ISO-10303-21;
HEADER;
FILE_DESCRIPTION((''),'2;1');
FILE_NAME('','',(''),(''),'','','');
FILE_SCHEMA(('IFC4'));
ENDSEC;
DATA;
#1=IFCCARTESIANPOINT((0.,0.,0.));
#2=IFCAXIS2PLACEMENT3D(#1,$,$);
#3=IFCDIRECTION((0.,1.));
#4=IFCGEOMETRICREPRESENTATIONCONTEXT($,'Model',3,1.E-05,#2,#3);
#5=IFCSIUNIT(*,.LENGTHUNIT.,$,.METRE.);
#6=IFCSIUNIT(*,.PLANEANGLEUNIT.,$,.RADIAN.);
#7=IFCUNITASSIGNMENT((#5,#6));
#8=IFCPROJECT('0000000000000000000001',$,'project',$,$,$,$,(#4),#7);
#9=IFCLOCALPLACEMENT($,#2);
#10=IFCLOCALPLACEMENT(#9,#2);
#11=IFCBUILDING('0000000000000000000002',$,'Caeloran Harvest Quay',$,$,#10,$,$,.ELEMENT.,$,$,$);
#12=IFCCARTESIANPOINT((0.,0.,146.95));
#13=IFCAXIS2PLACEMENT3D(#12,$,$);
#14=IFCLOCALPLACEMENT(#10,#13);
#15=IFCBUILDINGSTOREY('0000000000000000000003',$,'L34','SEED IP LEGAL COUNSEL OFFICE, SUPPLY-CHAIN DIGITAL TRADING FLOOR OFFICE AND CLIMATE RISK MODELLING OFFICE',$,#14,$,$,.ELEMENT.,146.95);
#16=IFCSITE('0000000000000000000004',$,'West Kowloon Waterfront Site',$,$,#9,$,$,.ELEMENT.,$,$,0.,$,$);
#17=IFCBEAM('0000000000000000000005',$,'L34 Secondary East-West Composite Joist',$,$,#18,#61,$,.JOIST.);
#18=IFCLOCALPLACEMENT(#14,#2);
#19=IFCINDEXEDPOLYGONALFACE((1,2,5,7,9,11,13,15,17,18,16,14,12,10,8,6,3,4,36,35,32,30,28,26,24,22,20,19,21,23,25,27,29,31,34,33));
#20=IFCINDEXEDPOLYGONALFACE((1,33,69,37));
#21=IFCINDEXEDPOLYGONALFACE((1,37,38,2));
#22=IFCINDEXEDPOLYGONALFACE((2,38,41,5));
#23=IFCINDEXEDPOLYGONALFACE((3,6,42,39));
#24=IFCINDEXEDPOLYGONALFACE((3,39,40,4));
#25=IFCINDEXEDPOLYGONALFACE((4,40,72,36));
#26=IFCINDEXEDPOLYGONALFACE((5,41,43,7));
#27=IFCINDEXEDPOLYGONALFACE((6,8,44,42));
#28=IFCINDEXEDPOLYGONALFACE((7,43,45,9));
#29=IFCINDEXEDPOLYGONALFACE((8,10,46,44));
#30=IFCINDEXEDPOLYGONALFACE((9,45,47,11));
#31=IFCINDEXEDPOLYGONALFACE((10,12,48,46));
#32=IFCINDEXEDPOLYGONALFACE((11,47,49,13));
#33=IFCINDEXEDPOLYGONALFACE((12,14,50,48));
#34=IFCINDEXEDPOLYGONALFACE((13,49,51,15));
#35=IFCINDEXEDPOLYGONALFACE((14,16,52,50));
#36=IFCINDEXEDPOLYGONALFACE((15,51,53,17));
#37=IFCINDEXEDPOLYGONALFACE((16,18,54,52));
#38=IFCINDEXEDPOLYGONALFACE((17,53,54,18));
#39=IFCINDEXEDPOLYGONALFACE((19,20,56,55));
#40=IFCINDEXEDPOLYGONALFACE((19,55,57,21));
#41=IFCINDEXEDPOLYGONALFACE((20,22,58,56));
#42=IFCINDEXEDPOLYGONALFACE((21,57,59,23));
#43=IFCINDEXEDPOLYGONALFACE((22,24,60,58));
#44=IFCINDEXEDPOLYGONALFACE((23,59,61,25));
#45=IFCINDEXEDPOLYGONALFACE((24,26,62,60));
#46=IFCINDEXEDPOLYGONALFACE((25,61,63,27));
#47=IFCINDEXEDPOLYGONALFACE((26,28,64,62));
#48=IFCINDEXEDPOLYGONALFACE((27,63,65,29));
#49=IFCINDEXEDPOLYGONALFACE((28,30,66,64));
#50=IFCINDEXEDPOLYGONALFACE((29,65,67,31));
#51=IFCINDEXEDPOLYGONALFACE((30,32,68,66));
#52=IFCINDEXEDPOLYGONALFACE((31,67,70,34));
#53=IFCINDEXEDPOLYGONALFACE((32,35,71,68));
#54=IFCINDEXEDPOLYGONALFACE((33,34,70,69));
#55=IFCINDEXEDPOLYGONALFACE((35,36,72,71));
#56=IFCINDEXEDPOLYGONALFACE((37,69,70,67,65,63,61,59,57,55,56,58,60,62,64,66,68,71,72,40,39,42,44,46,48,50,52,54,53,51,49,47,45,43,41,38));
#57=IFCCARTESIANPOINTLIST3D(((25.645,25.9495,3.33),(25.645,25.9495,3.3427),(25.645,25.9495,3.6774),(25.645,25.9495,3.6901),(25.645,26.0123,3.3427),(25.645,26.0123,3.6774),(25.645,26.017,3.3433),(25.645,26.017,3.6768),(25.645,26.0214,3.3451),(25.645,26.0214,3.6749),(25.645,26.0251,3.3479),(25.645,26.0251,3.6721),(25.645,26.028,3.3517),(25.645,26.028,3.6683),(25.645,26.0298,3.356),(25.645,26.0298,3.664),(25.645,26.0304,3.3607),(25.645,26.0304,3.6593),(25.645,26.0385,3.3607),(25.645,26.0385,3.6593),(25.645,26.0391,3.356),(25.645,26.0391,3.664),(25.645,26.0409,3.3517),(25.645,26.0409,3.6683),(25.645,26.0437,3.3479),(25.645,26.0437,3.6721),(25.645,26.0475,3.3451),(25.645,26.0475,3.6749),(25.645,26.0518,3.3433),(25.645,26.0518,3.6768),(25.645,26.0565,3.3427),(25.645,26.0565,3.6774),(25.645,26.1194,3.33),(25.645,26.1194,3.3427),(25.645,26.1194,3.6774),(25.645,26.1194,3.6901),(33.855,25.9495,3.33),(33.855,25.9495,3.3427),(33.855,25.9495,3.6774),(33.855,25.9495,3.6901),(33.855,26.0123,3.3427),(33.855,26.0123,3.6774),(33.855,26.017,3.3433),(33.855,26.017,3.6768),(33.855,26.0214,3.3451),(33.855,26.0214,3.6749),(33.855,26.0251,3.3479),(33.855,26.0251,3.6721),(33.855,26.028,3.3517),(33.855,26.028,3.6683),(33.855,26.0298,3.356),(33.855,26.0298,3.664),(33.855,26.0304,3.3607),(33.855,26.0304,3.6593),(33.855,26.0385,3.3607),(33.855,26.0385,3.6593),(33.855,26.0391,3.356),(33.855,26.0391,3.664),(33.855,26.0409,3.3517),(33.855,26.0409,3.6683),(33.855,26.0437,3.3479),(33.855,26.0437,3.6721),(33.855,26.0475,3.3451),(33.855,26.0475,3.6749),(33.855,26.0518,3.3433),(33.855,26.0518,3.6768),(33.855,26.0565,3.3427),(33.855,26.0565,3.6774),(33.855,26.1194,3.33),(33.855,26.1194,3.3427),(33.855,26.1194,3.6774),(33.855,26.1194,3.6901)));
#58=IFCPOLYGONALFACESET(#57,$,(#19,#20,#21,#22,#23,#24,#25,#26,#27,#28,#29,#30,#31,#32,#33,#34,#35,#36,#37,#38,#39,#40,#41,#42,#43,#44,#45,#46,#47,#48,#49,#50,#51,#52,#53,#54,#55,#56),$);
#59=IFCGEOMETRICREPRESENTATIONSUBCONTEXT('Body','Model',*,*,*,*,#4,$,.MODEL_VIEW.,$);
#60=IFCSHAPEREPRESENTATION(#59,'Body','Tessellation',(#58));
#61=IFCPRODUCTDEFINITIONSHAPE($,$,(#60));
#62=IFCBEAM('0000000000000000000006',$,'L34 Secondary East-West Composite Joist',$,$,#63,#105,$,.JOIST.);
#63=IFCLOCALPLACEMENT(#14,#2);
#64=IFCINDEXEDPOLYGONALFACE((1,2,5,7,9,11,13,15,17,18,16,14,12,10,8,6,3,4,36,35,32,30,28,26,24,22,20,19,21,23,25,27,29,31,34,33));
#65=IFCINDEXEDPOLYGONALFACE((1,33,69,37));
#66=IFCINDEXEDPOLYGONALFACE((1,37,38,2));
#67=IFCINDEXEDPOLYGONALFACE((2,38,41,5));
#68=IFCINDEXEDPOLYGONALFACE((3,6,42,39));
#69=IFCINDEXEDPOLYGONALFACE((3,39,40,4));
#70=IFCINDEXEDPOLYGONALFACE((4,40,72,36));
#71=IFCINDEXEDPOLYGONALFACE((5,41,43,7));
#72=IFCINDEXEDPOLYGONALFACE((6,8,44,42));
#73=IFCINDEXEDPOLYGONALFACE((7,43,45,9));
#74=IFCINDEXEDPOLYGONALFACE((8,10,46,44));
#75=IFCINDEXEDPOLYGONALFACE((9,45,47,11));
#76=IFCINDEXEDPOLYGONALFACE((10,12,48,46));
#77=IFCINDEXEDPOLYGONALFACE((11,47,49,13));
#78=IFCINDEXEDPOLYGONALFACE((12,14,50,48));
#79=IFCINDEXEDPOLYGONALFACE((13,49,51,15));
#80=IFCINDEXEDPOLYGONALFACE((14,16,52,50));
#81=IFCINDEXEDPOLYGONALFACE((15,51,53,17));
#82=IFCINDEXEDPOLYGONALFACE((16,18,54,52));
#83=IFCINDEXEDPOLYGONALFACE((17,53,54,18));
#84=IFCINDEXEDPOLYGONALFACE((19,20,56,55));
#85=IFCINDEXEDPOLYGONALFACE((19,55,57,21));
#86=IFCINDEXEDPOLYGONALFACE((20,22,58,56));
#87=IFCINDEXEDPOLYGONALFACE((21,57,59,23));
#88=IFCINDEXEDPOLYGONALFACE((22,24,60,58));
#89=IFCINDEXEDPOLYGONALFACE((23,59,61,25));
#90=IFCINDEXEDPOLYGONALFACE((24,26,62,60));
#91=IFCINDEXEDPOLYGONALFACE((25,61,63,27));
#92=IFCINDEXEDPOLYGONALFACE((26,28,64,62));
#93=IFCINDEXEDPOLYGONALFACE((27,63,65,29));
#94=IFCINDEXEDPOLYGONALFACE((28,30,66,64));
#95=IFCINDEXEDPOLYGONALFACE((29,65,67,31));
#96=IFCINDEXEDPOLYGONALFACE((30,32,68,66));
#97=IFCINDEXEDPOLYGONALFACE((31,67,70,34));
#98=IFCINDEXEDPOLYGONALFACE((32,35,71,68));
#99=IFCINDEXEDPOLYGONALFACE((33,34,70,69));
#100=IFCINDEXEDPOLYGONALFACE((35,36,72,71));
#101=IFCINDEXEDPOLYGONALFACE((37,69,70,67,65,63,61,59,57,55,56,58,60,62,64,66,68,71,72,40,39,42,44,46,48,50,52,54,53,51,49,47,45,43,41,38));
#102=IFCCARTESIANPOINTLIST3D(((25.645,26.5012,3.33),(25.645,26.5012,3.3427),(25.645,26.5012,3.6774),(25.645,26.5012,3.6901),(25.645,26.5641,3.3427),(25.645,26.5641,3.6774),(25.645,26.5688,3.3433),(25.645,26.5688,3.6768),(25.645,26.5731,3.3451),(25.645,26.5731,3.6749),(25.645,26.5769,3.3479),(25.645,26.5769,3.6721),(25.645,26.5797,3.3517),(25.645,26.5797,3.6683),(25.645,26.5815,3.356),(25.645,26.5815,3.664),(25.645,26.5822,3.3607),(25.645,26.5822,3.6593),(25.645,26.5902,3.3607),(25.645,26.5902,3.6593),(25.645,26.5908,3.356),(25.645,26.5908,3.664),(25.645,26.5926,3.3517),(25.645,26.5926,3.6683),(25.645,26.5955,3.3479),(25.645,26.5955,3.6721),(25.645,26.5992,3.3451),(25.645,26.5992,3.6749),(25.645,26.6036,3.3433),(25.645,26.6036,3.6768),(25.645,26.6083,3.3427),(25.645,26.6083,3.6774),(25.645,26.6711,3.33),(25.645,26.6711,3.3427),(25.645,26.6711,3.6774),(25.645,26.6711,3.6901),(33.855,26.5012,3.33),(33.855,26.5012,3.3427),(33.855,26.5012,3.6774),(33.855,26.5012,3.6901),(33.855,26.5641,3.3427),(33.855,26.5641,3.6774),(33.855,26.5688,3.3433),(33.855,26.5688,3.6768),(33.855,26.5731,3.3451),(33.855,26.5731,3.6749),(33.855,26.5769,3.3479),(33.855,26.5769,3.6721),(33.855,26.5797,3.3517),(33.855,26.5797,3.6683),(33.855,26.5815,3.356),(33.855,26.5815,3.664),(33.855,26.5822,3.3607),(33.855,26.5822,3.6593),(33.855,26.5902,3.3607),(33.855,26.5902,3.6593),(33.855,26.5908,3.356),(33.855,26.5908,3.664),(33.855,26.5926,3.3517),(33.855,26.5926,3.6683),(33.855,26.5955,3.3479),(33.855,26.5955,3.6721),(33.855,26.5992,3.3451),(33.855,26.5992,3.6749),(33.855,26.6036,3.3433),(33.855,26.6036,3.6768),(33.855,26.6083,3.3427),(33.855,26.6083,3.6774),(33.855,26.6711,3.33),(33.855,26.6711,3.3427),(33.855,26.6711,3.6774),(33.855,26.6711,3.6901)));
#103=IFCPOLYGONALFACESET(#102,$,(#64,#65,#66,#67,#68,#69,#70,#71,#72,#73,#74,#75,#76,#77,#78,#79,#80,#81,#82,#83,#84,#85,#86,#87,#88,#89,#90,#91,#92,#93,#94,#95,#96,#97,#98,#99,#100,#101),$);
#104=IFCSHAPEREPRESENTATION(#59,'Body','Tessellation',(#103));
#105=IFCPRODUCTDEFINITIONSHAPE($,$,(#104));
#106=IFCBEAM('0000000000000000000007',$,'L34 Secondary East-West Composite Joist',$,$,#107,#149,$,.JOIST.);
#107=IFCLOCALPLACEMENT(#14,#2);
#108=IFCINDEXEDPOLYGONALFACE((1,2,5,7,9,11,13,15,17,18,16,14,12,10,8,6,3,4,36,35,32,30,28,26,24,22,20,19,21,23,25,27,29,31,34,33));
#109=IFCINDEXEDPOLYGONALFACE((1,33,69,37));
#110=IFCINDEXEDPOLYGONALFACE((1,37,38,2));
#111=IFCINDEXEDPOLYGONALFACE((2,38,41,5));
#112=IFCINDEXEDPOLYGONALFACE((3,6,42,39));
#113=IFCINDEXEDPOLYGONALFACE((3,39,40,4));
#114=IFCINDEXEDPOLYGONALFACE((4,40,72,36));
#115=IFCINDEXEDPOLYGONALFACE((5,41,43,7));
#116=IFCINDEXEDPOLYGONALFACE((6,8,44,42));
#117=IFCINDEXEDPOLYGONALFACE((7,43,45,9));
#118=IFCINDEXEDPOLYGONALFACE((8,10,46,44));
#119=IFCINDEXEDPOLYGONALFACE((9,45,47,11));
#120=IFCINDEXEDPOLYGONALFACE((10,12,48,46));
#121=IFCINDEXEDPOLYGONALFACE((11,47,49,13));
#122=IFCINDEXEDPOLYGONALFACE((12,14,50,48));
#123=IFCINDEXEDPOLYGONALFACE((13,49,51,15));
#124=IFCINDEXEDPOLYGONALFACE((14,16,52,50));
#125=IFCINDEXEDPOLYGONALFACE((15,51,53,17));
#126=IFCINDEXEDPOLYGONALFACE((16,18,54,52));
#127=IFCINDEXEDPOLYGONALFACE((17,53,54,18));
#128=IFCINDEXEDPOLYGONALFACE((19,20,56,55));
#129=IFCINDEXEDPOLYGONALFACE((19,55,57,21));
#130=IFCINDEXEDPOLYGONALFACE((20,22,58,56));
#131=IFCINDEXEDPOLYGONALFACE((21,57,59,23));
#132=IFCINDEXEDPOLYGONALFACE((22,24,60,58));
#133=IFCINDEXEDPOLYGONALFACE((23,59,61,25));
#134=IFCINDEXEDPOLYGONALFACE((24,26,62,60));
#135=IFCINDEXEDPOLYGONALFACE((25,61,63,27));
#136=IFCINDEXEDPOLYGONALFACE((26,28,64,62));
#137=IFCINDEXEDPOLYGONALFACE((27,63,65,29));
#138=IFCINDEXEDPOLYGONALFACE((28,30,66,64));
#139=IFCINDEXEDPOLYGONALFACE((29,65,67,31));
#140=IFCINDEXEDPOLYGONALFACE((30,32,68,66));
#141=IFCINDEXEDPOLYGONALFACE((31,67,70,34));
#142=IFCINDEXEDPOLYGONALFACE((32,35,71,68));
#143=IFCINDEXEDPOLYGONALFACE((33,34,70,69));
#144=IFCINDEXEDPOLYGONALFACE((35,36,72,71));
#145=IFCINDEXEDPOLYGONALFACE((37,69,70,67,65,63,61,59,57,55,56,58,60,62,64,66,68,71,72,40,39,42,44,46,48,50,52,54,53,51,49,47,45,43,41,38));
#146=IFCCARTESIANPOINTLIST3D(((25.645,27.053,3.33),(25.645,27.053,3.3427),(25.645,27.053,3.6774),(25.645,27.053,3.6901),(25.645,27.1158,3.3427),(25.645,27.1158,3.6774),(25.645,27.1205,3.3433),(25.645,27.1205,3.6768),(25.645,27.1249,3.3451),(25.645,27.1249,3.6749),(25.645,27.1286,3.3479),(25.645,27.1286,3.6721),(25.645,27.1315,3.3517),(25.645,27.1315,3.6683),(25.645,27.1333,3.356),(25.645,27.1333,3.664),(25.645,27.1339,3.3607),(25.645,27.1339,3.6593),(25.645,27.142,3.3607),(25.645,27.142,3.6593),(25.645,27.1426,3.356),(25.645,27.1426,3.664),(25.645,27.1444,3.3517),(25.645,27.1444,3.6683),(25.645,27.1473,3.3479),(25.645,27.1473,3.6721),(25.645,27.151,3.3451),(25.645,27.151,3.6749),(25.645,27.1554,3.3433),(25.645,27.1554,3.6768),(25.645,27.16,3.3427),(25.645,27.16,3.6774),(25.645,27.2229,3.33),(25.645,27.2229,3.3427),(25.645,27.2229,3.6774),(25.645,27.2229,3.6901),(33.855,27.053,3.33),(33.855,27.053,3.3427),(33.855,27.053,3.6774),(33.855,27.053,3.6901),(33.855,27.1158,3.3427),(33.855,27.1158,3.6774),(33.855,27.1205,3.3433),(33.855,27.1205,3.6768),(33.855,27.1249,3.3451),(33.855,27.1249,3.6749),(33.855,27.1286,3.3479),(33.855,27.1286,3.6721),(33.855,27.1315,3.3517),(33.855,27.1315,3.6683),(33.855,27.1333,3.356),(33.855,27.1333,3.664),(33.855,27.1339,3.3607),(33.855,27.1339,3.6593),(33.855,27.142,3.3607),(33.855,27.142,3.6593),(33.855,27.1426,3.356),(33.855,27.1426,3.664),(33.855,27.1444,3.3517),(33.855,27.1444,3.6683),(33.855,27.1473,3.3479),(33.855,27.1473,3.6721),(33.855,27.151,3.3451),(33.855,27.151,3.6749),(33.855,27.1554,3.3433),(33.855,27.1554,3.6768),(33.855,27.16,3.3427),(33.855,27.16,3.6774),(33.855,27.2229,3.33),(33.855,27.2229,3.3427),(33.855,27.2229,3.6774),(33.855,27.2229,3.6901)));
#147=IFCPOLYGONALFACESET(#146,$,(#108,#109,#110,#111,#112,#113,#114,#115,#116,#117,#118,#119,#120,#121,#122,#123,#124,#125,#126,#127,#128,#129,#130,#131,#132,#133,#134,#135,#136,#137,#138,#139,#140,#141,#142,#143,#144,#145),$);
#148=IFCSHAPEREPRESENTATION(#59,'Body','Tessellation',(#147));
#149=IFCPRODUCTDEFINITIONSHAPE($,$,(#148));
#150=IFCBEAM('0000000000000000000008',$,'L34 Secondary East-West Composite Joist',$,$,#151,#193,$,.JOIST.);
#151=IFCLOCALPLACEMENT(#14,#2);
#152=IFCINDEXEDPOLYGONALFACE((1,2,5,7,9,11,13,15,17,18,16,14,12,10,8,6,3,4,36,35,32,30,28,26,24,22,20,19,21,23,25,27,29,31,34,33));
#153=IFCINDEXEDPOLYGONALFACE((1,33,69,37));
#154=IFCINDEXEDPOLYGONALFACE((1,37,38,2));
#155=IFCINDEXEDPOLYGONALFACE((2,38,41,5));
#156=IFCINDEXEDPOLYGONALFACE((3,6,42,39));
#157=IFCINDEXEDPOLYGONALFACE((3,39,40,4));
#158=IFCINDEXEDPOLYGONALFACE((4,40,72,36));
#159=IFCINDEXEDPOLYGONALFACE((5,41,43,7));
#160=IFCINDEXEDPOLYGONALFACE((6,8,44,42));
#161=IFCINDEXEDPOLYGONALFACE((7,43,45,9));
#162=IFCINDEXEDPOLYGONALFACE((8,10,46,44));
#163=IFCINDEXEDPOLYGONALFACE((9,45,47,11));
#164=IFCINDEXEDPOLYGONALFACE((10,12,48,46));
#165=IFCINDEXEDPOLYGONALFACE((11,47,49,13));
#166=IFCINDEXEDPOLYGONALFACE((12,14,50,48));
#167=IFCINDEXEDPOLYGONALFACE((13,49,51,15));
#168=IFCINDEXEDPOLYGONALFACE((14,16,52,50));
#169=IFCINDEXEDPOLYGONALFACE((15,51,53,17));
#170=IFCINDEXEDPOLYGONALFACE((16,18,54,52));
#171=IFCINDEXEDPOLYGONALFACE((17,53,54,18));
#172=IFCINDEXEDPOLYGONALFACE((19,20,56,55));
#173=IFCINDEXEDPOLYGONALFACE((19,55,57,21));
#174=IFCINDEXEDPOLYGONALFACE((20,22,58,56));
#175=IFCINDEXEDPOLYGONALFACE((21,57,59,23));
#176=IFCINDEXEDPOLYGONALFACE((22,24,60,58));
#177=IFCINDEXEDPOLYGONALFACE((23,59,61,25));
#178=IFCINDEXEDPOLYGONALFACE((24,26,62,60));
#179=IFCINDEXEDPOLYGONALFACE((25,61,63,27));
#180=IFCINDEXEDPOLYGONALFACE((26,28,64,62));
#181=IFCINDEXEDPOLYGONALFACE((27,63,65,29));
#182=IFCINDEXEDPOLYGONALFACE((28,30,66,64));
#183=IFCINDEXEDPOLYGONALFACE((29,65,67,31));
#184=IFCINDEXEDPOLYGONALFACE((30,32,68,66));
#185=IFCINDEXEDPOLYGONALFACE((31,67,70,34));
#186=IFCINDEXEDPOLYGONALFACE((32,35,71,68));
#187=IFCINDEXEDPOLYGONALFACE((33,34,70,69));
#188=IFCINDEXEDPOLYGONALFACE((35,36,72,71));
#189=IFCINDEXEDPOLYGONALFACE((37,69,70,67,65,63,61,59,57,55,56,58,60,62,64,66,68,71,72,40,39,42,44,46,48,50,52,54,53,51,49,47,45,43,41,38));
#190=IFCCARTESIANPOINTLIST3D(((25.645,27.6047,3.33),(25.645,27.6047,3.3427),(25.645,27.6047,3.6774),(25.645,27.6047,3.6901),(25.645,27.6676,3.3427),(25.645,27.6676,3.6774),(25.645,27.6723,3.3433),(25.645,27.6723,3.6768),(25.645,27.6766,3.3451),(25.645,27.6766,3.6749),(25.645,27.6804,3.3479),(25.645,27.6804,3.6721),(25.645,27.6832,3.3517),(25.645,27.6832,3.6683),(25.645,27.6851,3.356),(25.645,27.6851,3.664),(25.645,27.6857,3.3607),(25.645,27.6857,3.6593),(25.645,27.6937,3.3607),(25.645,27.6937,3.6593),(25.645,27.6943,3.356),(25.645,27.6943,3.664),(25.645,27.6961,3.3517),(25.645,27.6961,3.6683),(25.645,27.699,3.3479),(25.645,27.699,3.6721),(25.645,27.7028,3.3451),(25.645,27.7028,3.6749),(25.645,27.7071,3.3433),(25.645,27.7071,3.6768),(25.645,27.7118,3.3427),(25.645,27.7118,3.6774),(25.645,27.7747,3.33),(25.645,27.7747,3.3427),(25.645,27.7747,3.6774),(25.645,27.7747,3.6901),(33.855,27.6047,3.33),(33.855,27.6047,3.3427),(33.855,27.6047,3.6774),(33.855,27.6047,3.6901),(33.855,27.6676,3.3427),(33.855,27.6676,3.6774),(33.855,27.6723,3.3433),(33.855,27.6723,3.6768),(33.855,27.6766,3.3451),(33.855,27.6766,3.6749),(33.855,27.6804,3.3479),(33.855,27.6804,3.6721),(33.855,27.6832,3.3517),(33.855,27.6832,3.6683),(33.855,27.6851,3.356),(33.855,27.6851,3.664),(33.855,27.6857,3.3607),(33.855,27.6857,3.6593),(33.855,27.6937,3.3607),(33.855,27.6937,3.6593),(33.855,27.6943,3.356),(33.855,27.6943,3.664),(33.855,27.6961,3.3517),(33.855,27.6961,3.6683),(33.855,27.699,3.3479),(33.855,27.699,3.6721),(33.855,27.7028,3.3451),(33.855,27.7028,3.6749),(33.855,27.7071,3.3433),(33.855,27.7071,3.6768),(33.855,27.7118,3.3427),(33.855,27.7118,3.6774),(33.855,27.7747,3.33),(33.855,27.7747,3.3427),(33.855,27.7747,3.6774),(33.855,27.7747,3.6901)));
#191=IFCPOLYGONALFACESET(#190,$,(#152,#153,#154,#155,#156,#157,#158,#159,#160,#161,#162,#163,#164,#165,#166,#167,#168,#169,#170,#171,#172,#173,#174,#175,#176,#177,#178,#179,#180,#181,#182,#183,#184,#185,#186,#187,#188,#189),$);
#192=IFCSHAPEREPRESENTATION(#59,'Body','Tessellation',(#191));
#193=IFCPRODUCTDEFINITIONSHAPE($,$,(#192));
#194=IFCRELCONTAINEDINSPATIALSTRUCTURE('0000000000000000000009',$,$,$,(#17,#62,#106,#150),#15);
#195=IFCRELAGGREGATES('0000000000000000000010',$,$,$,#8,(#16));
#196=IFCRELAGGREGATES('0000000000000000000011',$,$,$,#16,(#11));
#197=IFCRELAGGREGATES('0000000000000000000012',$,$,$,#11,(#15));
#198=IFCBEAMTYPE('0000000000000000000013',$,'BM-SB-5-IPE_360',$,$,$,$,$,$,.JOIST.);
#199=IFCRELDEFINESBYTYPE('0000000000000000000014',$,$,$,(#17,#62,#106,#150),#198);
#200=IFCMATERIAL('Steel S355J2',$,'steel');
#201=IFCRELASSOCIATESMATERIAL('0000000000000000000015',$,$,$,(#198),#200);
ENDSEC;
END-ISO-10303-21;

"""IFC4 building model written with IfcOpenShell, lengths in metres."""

from ifc_helpers import new_model, si_unit, direction, frame, origin, origin_2d, place, context, subcontext, project, spatial, i_section, extrude, material, material_profile, profile_set, type_object, element, save


model = new_model("IFC4")

# Units and contexts
model_context = context("Model", 3, precision=1e-05, world=origin(), true_north=direction((0.0, 1.0)))
body_context = subcontext(model_context, "Body", "Model", "MODEL_VIEW")
ifc_project = project(units=[si_unit("LENGTHUNIT", "METRE"), si_unit("PLANEANGLEUNIT", "RADIAN")], contexts=[model_context])

# Site, building, storey
site_placement = place(None, origin())
site = spatial("IfcSite", under=ifc_project, at=site_placement, Name="West Kowloon Waterfront Site", CompositionType="ELEMENT", RefElevation=0.0)
building_placement = place(site_placement, origin())
building = spatial("IfcBuilding", under=site, at=building_placement, Name="Caeloran Harvest Quay", CompositionType="ELEMENT")
storey_placement = place(building_placement, frame((0.0, 0.0, 146.95)))
storey = spatial("IfcBuildingStorey", under=building, at=storey_placement, Name="L34", Description="SEED IP LEGAL COUNSEL OFFICE, SUPPLY-CHAIN DIGITAL TRADING FLOOR OFFICE AND CLIMATE RISK MODELLING OFFICE", CompositionType="ELEMENT", Elevation=146.95)

# Beams
ifc_material_1 = material(Name="Steel S355J2", Category="steel")
ifc_material_profile_1 = material_profile(ifc_material_1, i_section(OverallWidth=0.1699, OverallDepth=0.3601, WebThickness=0.0081, FlangeThickness=0.0127, FilletRadius=0.0181, at=origin_2d()), Name="IPE 360")
ifc_profile_set_1 = profile_set([ifc_material_profile_1], Name="Steel S355J2")
beam_type_1 = type_object("IfcBeamType", Name="BM-SB-5-IPE_360", PredefinedType="JOIST", material=ifc_profile_set_1)
for number, where, z_axis, x_axis, name in (
    (1, (25.645, 26.0344, 3.51), (1.0, 0.0, 0.0), (0.0, 1.0, 0.0), "L34 Secondary East-West Composite Joist"),
    (2, (25.645, 26.5862, 3.51), (1.0, 0.0, 0.0), (0.0, 1.0, 0.0), "L34 Secondary East-West Composite Joist"),
    (3, (25.645, 27.1379, 3.51), (1.0, 0.0, 0.0), (0.0, 1.0, 0.0), "L34 Secondary East-West Composite Joist"),
    (4, (25.645, 27.6897, 3.51), (1.0, 0.0, 0.0), (0.0, 1.0, 0.0), "L34 Secondary East-West Composite Joist"),
):
    element("IfcBeam", number, at=place(storey_placement, frame(where, z_axis=z_axis, x_axis=x_axis)), inside=storey, type_object=beam_type_1, Name=name, PredefinedType="JOIST", context=body_context, shape_type="SweptSolid", body=[
        extrude(i_section(OverallWidth=0.1699, OverallDepth=0.3601, WebThickness=0.0081, FlangeThickness=0.0127, FilletRadius=0.0181, at=origin_2d()), origin(), (0.0, 0.0, 1.0), 8.21),
    ])

save(model, "model.ifc")
